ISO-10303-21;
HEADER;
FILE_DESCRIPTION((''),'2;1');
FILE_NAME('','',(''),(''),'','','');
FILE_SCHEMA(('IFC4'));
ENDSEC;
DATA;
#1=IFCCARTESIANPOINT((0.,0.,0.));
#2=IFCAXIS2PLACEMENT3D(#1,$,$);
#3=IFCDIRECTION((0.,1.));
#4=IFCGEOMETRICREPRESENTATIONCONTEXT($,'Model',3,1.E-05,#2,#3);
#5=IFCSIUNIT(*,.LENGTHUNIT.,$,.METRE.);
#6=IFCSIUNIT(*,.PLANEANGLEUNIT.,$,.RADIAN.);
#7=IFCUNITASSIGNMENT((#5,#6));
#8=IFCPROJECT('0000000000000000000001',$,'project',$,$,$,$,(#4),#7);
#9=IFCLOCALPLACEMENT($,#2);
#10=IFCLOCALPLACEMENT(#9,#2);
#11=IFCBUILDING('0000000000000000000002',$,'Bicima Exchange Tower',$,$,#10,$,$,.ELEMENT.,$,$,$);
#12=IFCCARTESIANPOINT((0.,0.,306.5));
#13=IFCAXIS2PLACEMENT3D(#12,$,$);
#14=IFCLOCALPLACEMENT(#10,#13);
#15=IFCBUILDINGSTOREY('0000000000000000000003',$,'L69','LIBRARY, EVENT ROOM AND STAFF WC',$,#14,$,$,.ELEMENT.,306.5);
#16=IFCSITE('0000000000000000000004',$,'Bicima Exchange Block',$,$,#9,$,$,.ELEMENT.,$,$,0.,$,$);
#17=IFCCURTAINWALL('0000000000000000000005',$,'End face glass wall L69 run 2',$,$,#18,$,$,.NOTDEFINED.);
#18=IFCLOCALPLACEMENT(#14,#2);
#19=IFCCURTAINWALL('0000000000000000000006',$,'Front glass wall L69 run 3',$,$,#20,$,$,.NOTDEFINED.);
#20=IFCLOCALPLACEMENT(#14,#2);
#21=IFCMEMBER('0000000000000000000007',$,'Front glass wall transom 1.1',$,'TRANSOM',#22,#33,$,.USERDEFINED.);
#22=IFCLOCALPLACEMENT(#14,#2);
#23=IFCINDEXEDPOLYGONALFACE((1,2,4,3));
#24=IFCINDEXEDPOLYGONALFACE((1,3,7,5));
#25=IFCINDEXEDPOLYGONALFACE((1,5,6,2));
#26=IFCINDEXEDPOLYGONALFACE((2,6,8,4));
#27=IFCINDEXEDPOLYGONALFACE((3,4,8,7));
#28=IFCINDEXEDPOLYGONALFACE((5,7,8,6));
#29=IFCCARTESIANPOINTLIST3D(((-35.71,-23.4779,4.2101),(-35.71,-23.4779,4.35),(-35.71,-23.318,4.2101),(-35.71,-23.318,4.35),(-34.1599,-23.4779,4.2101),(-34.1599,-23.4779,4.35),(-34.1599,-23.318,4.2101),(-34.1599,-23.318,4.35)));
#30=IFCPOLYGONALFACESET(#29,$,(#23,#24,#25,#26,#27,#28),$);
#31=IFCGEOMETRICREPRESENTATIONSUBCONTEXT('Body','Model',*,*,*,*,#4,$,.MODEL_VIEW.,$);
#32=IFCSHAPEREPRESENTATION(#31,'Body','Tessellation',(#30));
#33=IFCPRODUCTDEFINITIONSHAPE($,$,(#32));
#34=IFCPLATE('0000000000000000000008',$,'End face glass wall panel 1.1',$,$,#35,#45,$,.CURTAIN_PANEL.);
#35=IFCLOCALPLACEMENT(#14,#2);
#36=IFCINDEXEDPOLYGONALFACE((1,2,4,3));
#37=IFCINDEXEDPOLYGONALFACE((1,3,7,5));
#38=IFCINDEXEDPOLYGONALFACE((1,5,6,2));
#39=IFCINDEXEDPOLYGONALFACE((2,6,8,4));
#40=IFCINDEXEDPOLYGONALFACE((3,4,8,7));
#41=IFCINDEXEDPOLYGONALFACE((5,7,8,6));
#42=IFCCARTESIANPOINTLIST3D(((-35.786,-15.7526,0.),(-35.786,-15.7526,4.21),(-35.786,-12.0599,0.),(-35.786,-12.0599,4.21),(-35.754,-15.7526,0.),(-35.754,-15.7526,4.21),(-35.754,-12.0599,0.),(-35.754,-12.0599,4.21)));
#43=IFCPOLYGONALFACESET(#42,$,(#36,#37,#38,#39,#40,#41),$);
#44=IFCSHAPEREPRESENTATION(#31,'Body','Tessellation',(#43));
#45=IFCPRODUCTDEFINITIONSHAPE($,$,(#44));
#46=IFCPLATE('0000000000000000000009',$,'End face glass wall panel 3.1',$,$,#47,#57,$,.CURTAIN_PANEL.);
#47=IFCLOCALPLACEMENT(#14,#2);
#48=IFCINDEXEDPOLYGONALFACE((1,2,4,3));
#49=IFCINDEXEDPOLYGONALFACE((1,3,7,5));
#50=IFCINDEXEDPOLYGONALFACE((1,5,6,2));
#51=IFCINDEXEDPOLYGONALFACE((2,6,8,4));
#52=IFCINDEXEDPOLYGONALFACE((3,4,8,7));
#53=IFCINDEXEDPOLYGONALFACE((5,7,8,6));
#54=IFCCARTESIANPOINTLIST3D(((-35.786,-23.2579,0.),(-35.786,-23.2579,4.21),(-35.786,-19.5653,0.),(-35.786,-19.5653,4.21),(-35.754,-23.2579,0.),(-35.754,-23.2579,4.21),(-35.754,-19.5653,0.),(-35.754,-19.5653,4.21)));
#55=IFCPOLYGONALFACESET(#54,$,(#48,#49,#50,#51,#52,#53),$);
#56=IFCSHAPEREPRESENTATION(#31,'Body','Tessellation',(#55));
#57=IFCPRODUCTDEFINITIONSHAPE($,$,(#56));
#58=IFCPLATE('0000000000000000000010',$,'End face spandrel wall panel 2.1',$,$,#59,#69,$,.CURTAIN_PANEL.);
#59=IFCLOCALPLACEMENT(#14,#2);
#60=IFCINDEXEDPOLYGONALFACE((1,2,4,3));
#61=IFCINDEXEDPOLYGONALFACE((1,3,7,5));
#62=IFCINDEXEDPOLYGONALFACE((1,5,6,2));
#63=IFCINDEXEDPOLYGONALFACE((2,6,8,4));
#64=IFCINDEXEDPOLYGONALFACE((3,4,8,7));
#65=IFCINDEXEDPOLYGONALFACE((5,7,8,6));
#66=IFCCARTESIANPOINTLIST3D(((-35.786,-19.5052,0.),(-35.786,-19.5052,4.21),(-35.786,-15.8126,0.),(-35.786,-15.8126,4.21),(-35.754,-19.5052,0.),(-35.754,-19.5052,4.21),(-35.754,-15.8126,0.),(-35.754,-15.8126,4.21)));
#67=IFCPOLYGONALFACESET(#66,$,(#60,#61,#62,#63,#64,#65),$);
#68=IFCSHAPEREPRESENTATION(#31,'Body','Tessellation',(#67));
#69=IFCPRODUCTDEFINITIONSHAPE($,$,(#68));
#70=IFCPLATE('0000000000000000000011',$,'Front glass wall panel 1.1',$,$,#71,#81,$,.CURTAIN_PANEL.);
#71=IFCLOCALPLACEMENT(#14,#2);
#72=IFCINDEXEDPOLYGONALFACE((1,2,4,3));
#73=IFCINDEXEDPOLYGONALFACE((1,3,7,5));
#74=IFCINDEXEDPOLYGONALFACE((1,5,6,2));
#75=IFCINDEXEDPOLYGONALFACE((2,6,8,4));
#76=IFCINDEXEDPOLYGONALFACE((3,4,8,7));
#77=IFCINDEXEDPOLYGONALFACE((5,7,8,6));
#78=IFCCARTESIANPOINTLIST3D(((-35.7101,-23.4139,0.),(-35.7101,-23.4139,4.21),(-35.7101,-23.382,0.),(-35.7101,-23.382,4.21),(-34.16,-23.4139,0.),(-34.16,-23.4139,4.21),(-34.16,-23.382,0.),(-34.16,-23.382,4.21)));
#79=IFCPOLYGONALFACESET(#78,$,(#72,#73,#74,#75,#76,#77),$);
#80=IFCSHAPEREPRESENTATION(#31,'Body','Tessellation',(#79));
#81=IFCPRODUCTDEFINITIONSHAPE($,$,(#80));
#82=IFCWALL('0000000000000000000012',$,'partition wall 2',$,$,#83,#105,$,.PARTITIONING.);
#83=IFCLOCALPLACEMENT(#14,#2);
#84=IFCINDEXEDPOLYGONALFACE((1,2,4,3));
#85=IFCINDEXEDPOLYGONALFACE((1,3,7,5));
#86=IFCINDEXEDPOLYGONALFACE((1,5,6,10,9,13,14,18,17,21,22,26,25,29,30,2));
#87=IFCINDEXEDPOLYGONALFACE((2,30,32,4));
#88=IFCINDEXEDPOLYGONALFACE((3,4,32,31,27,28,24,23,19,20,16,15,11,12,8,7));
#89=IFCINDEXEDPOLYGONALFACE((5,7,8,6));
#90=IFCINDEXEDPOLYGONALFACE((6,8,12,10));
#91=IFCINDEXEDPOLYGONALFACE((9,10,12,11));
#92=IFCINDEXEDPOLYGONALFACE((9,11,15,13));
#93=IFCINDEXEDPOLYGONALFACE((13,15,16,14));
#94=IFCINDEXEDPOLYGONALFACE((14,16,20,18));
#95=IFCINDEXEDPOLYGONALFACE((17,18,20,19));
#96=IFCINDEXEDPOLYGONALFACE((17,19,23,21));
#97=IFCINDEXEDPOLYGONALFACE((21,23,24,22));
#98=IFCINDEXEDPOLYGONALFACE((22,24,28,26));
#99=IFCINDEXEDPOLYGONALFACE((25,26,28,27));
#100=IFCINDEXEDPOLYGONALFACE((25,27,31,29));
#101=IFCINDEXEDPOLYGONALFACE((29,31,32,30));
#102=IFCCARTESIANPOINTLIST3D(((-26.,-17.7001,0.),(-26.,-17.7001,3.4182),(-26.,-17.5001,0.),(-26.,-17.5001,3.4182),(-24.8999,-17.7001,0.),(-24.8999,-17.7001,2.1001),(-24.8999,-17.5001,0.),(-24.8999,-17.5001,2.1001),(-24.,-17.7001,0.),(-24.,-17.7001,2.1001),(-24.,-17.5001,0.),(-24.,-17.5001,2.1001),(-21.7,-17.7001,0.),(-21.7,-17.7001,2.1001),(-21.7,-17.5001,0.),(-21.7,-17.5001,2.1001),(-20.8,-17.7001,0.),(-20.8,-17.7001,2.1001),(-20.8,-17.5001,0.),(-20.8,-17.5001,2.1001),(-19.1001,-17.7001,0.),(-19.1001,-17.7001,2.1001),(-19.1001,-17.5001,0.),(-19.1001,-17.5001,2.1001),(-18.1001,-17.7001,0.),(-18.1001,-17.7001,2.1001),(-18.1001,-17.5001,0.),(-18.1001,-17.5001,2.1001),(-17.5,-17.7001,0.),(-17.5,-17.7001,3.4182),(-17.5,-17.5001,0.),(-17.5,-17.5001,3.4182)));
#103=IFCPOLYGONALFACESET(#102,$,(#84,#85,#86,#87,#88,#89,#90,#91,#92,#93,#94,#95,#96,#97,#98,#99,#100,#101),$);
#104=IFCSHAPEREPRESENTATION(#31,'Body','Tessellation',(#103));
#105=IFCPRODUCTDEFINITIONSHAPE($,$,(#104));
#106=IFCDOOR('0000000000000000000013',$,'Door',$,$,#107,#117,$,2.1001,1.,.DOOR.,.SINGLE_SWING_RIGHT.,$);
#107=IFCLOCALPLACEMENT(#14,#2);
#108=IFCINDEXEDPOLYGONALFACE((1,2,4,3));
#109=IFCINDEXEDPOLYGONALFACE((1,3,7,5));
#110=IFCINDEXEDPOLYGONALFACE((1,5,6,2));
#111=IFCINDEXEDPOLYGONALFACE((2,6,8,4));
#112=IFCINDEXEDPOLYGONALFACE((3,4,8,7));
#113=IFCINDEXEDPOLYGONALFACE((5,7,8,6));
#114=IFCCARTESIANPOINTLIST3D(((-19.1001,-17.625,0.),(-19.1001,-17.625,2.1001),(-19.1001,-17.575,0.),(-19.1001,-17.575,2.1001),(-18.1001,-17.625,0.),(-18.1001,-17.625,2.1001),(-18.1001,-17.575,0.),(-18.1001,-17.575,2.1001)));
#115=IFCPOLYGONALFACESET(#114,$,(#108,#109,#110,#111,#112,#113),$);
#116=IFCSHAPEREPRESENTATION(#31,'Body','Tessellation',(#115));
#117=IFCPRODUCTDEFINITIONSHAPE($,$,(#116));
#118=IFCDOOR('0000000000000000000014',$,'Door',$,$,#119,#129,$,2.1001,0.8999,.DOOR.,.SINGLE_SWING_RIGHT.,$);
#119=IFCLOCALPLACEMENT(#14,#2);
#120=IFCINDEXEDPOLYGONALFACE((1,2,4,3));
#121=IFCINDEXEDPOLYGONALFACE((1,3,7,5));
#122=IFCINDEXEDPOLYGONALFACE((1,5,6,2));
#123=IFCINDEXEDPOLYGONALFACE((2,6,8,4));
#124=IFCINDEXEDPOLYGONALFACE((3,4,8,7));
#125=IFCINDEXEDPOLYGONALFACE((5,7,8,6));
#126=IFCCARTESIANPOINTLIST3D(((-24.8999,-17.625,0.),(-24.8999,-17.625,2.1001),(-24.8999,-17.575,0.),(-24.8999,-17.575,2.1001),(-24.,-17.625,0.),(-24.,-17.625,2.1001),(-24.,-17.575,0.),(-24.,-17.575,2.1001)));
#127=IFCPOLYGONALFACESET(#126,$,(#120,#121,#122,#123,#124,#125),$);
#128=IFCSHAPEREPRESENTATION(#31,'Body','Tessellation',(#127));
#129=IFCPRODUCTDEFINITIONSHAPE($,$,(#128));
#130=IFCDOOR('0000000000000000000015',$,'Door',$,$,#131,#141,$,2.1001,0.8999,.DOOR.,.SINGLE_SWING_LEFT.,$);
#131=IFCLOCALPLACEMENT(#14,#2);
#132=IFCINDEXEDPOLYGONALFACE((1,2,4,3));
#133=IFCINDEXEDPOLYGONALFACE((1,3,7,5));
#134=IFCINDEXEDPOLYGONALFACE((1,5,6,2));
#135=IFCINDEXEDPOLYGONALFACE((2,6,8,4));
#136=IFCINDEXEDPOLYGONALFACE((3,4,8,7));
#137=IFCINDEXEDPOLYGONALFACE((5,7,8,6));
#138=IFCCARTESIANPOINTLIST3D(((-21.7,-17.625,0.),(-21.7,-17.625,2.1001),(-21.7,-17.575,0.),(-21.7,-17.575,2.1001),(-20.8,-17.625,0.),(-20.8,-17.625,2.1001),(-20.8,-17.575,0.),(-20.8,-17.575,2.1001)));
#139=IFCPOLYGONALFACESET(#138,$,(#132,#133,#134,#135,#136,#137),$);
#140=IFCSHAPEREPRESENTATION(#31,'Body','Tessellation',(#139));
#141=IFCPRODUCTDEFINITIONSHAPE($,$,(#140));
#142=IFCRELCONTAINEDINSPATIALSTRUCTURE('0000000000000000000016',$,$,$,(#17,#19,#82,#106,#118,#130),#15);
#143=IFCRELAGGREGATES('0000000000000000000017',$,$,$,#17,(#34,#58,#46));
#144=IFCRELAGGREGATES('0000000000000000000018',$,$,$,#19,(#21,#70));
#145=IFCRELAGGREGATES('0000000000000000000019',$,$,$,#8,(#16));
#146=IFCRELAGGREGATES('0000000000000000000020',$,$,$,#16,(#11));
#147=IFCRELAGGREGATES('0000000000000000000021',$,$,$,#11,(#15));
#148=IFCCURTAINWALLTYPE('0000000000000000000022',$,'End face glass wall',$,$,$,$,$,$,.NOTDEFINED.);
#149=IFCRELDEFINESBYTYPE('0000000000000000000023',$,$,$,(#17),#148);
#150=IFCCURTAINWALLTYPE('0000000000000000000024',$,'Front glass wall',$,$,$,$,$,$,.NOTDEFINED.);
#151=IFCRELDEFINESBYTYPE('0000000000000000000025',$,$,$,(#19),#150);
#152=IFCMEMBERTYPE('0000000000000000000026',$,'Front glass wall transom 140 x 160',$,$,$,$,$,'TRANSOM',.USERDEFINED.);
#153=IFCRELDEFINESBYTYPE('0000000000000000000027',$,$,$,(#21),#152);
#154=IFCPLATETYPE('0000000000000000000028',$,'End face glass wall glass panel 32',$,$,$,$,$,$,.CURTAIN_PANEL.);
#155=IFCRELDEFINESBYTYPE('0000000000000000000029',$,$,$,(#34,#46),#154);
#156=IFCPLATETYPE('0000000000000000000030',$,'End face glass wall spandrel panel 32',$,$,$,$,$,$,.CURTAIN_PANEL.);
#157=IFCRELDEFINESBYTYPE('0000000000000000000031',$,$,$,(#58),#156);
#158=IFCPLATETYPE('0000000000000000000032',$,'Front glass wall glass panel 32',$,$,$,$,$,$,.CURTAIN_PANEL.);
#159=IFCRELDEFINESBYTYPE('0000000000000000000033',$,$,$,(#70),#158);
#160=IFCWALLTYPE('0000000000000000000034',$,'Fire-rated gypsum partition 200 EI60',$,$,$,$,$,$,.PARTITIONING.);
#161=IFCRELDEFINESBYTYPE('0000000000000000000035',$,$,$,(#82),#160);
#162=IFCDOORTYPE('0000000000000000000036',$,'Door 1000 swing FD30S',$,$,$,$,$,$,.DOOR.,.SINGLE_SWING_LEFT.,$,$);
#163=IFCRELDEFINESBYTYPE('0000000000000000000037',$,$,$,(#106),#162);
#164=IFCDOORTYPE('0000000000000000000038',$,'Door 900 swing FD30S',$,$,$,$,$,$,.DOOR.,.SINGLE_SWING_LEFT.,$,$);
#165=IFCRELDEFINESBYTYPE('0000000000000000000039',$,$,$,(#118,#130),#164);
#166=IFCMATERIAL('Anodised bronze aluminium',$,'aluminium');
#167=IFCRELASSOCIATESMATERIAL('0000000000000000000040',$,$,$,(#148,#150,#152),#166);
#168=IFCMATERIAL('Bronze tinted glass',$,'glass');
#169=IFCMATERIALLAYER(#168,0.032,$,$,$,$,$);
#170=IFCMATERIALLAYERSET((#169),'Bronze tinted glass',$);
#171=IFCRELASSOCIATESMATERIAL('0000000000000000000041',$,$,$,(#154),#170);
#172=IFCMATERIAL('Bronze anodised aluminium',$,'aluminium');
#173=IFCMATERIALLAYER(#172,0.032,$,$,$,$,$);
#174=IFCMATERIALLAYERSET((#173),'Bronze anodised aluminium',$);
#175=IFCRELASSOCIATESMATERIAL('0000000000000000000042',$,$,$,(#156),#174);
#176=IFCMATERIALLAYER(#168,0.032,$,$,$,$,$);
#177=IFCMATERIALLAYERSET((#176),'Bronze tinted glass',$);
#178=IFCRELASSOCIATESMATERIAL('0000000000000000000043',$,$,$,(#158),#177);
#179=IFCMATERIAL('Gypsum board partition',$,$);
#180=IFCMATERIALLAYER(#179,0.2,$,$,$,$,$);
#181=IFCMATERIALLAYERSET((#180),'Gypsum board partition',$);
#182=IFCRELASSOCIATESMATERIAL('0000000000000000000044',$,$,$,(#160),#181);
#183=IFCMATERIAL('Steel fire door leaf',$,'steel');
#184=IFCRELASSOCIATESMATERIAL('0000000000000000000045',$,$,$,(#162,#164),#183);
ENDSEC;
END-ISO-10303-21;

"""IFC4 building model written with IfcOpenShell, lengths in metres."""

from ifc_helpers import new_model, si_unit, direction, frame, frame_2d, origin, origin_2d, place, context, subcontext, project, spatial, rectangle, extrude, material, layer, layer_set, material_profile, profile_set, type_object, element, fill, aggregate, save


model = new_model("IFC4")

# Units and contexts
model_context = context("Model", 3, precision=1e-05, world=origin(), true_north=direction((0.0, 1.0)))
body_context = subcontext(model_context, "Body", "Model", "MODEL_VIEW")
ifc_project = project(units=[si_unit("LENGTHUNIT", "METRE"), si_unit("PLANEANGLEUNIT", "RADIAN")], contexts=[model_context])

# Site, building, storey
site_placement = place(None, origin())
site = spatial("IfcSite", under=ifc_project, at=site_placement, Name="Bicima Exchange Block", CompositionType="ELEMENT", RefElevation=0.0)
building_placement = place(site_placement, origin())
building = spatial("IfcBuilding", under=site, at=building_placement, Name="Bicima Exchange Tower", CompositionType="ELEMENT")
storey_placement = place(building_placement, frame((0.0, 0.0, 306.5)))
storey = spatial("IfcBuildingStorey", under=building, at=storey_placement, Name="L69", Description="LIBRARY, EVENT ROOM AND STAFF WC", CompositionType="ELEMENT", Elevation=306.5)

# Curtain wall
ifc_material_1 = material(Name="Anodised bronze aluminium", Category="aluminium")
curtain_wall_type_1 = type_object("IfcCurtainWallType", Name="End face glass wall", PredefinedType="NOTDEFINED", material=ifc_material_1)
curtain_wall_1_placement = place(storey_placement, origin())
curtain_wall_1 = element("IfcCurtainWall", 1, at=curtain_wall_1_placement, inside=storey, type_object=curtain_wall_type_1, Name="End face glass wall L69 run 2", PredefinedType="NOTDEFINED")
ifc_material_profile_1 = material_profile(ifc_material_1, rectangle(XDim=0.1599, YDim=0.1399, at=origin_2d()))
ifc_profile_set_1 = profile_set([ifc_material_profile_1], Name="Anodised bronze aluminium")

# Curtain wall, member
curtain_wall_type_2 = type_object("IfcCurtainWallType", Name="Front glass wall", PredefinedType="NOTDEFINED", material=ifc_material_1)
curtain_wall_2_placement = place(storey_placement, origin())
curtain_wall_2 = element("IfcCurtainWall", 2, at=curtain_wall_2_placement, inside=storey, type_object=curtain_wall_type_2, Name="Front glass wall L69 run 3", PredefinedType="NOTDEFINED")
member_type_1 = type_object("IfcMemberType", Name="Front glass wall transom 140 x 160", ElementType="TRANSOM", PredefinedType="USERDEFINED", material=ifc_profile_set_1)
member_1_placement = place(storey_placement, frame((-35.71, -23.3979, 4.28), z_axis=(1.0, 0.0, 0.0), x_axis=(0.0, 1.0, 0.0)))
member_1 = element("IfcMember", 3, at=member_1_placement, type_object=member_type_1, Name="Front glass wall transom 1.1", ObjectType="TRANSOM", PredefinedType="USERDEFINED", context=body_context, shape_type="SweptSolid", body=[
    extrude(rectangle(XDim=0.1599, YDim=0.1399, at=origin_2d()), origin(), (0.0, 0.0, 1.0), 1.55),
])

# Plates
ifc_material_2 = material(Name="Bronze tinted glass", Category="glass")
ifc_layer_1 = layer(ifc_material_2, 0.032)
ifc_layer_set_1 = layer_set([ifc_layer_1], Name="Bronze tinted glass")
plate_type_1 = type_object("IfcPlateType", Name="End face glass wall glass panel 32", PredefinedType="CURTAIN_PANEL", material=ifc_layer_set_1)
plate_1_placement = place(storey_placement, frame((-35.77, -13.9062, 0.0), z_axis=(0.0, 0.0, 1.0), x_axis=(0.0, -1.0, 0.0)))
plate_1 = element("IfcPlate", 4, at=plate_1_placement, type_object=plate_type_1, Name="End face glass wall panel 1.1", PredefinedType="CURTAIN_PANEL", context=body_context, shape_type="SweptSolid", body=[
    extrude(rectangle(XDim=3.6926, YDim=0.032, at=origin_2d()), origin(), (0.0, 0.0, 1.0), 4.21),
])
plate_2_placement = place(storey_placement, frame((-35.77, -21.4116, 0.0), z_axis=(0.0, 0.0, 1.0), x_axis=(0.0, -1.0, 0.0)))
plate_2 = element("IfcPlate", 5, at=plate_2_placement, type_object=plate_type_1, Name="End face glass wall panel 3.1", PredefinedType="CURTAIN_PANEL", context=body_context, shape_type="SweptSolid", body=[
    extrude(rectangle(XDim=3.6926, YDim=0.032, at=origin_2d()), origin(), (0.0, 0.0, 1.0), 4.21),
])
ifc_material_3 = material(Name="Bronze anodised aluminium", Category="aluminium")
ifc_layer_2 = layer(ifc_material_3, 0.032)
ifc_layer_set_2 = layer_set([ifc_layer_2], Name="Bronze anodised aluminium")
plate_type_2 = type_object("IfcPlateType", Name="End face glass wall spandrel panel 32", PredefinedType="CURTAIN_PANEL", material=ifc_layer_set_2)
plate_3_placement = place(storey_placement, frame((-35.77, -17.6589, 0.0), z_axis=(0.0, 0.0, 1.0), x_axis=(0.0, -1.0, 0.0)))
plate_3 = element("IfcPlate", 6, at=plate_3_placement, type_object=plate_type_2, Name="End face spandrel wall panel 2.1", PredefinedType="CURTAIN_PANEL", context=body_context, shape_type="SweptSolid", body=[
    extrude(rectangle(XDim=3.6926, YDim=0.032, at=origin_2d()), origin(), (0.0, 0.0, 1.0), 4.21),
])
aggregate(curtain_wall_1, [plate_1, plate_3, plate_2])
ifc_layer_3 = layer(ifc_material_2, 0.032)
ifc_layer_set_3 = layer_set([ifc_layer_3], Name="Bronze tinted glass")
plate_type_3 = type_object("IfcPlateType", Name="Front glass wall glass panel 32", PredefinedType="CURTAIN_PANEL", material=ifc_layer_set_3)
plate_4_placement = place(storey_placement, frame((-34.9351, -23.3979, 0.0), z_axis=(0.0, 0.0, 1.0), x_axis=(1.0, 0.0, 0.0)))
plate_4 = element("IfcPlate", 7, at=plate_4_placement, type_object=plate_type_3, Name="Front glass wall panel 1.1", PredefinedType="CURTAIN_PANEL", context=body_context, shape_type="SweptSolid", body=[
    extrude(rectangle(XDim=1.55, YDim=0.032, at=origin_2d()), origin(), (0.0, 0.0, 1.0), 4.21),
])
aggregate(curtain_wall_2, [member_1, plate_4])

# Wall, openings, doors
ifc_material_4 = material(Name="Gypsum board partition")
ifc_layer_4 = layer(ifc_material_4, 0.2)
ifc_layer_set_4 = layer_set([ifc_layer_4], Name="Gypsum board partition")
wall_type_1 = type_object("IfcWallType", Name="Fire-rated gypsum partition 200 EI60", PredefinedType="PARTITIONING", material=ifc_layer_set_4)
wall_1_placement = place(storey_placement, frame((-26.0, -17.6001, 0.0), z_axis=(0.0, 0.0, 1.0), x_axis=(1.0, 0.0, 0.0)))
wall_1 = element("IfcWall", 8, at=wall_1_placement, inside=storey, type_object=wall_type_1, Name="partition wall 2", PredefinedType="PARTITIONING", context=body_context, shape_type="SweptSolid", body=[
    extrude(rectangle(XDim=8.5, YDim=0.2, at=frame_2d((4.25, 0.0))), origin(), (0.0, 0.0, 1.0), 3.4182),
])
opening_1_placement = place(wall_1_placement, frame((1.1001, 0.0, 0.0)))
opening_1 = element("IfcOpeningElement", 9, at=opening_1_placement, cuts=wall_1, PredefinedType="OPENING", context=body_context, shape_type="SweptSolid", body=[
    extrude(rectangle(XDim=0.8999, YDim=2.1001, at=frame_2d((0.45, 1.05))), frame((0.0, 0.1118, 0.0), z_axis=(0.0, -1.0, 0.0), x_axis=(1.0, 0.0, 0.0)), (0.0, 0.0, 1.0), 0.2239),
])
opening_2_placement = place(wall_1_placement, frame((4.3, 0.0, 0.0)))
opening_2 = element("IfcOpeningElement", 10, at=opening_2_placement, cuts=wall_1, PredefinedType="OPENING", context=body_context, shape_type="SweptSolid", body=[
    extrude(rectangle(XDim=0.8999, YDim=2.1001, at=frame_2d((0.45, 1.05))), frame((0.0, 0.1118, 0.0), z_axis=(0.0, -1.0, 0.0), x_axis=(1.0, 0.0, 0.0)), (0.0, 0.0, 1.0), 0.2239),
])
opening_3_placement = place(wall_1_placement, frame((6.8999, 0.0, 0.0)))
opening_3 = element("IfcOpeningElement", 11, at=opening_3_placement, cuts=wall_1, PredefinedType="OPENING", context=body_context, shape_type="SweptSolid", body=[
    extrude(rectangle(XDim=1.0, YDim=2.1001, at=frame_2d((0.5, 1.05))), frame((0.0, 0.1118, 0.0), z_axis=(0.0, -1.0, 0.0), x_axis=(1.0, 0.0, 0.0)), (0.0, 0.0, 1.0), 0.2239),
])
ifc_material_5 = material(Name="Steel fire door leaf", Category="steel")
door_type_1 = type_object("IfcDoorType", Name="Door 1000 swing FD30S", OperationType="SINGLE_SWING_LEFT", PredefinedType="DOOR", material=ifc_material_5)
door_1_placement = place(opening_3_placement, frame((1.0, 0.0, 0.0), z_axis=(0.0, 0.0, 1.0), x_axis=(-1.0, 0.0, 0.0)))
door_1 = element("IfcDoor", 12, at=door_1_placement, inside=storey, type_object=door_type_1, Name="Door", OperationType="SINGLE_SWING_RIGHT", OverallHeight=2.1001, OverallWidth=1.0, PredefinedType="DOOR", context=body_context, shape_type="SweptSolid", body=[
    extrude(rectangle(XDim=1.0, YDim=2.1001, at=frame_2d((0.5, 1.05))), frame((0.0, 0.0249, 0.0), z_axis=(0.0, -1.0, 0.0), x_axis=(1.0, 0.0, 0.0)), (0.0, 0.0, 1.0), 0.05),
])
fill(opening_3, door_1)
door_type_2 = type_object("IfcDoorType", Name="Door 900 swing FD30S", OperationType="SINGLE_SWING_LEFT", PredefinedType="DOOR", material=ifc_material_5)
door_2_placement = place(opening_1_placement, frame((0.8999, 0.0, 0.0), z_axis=(0.0, 0.0, 1.0), x_axis=(-1.0, 0.0, 0.0)))
door_2 = element("IfcDoor", 13, at=door_2_placement, inside=storey, type_object=door_type_2, Name="Door", OperationType="SINGLE_SWING_RIGHT", OverallHeight=2.1001, OverallWidth=0.8999, PredefinedType="DOOR", context=body_context, shape_type="SweptSolid", body=[
    extrude(rectangle(XDim=0.8999, YDim=2.1001, at=frame_2d((0.45, 1.05))), frame((0.0, 0.0249, 0.0), z_axis=(0.0, -1.0, 0.0), x_axis=(1.0, 0.0, 0.0)), (0.0, 0.0, 1.0), 0.05),
])
fill(opening_1, door_2)
door_3_placement = place(opening_2_placement, frame((0.8999, 0.0, 0.0), z_axis=(0.0, 0.0, 1.0), x_axis=(-1.0, 0.0, 0.0)))
door_3 = element("IfcDoor", 14, at=door_3_placement, inside=storey, type_object=door_type_2, Name="Door", OperationType="SINGLE_SWING_LEFT", OverallHeight=2.1001, OverallWidth=0.8999, PredefinedType="DOOR", context=body_context, shape_type="SweptSolid", body=[
    extrude(rectangle(XDim=0.8999, YDim=2.1001, at=frame_2d((0.45, 1.05))), frame((0.0, 0.0249, 0.0), z_axis=(0.0, -1.0, 0.0), x_axis=(1.0, 0.0, 0.0)), (0.0, 0.0, 1.0), 0.05),
])
fill(opening_2, door_3)

save(model, "model.ifc")
